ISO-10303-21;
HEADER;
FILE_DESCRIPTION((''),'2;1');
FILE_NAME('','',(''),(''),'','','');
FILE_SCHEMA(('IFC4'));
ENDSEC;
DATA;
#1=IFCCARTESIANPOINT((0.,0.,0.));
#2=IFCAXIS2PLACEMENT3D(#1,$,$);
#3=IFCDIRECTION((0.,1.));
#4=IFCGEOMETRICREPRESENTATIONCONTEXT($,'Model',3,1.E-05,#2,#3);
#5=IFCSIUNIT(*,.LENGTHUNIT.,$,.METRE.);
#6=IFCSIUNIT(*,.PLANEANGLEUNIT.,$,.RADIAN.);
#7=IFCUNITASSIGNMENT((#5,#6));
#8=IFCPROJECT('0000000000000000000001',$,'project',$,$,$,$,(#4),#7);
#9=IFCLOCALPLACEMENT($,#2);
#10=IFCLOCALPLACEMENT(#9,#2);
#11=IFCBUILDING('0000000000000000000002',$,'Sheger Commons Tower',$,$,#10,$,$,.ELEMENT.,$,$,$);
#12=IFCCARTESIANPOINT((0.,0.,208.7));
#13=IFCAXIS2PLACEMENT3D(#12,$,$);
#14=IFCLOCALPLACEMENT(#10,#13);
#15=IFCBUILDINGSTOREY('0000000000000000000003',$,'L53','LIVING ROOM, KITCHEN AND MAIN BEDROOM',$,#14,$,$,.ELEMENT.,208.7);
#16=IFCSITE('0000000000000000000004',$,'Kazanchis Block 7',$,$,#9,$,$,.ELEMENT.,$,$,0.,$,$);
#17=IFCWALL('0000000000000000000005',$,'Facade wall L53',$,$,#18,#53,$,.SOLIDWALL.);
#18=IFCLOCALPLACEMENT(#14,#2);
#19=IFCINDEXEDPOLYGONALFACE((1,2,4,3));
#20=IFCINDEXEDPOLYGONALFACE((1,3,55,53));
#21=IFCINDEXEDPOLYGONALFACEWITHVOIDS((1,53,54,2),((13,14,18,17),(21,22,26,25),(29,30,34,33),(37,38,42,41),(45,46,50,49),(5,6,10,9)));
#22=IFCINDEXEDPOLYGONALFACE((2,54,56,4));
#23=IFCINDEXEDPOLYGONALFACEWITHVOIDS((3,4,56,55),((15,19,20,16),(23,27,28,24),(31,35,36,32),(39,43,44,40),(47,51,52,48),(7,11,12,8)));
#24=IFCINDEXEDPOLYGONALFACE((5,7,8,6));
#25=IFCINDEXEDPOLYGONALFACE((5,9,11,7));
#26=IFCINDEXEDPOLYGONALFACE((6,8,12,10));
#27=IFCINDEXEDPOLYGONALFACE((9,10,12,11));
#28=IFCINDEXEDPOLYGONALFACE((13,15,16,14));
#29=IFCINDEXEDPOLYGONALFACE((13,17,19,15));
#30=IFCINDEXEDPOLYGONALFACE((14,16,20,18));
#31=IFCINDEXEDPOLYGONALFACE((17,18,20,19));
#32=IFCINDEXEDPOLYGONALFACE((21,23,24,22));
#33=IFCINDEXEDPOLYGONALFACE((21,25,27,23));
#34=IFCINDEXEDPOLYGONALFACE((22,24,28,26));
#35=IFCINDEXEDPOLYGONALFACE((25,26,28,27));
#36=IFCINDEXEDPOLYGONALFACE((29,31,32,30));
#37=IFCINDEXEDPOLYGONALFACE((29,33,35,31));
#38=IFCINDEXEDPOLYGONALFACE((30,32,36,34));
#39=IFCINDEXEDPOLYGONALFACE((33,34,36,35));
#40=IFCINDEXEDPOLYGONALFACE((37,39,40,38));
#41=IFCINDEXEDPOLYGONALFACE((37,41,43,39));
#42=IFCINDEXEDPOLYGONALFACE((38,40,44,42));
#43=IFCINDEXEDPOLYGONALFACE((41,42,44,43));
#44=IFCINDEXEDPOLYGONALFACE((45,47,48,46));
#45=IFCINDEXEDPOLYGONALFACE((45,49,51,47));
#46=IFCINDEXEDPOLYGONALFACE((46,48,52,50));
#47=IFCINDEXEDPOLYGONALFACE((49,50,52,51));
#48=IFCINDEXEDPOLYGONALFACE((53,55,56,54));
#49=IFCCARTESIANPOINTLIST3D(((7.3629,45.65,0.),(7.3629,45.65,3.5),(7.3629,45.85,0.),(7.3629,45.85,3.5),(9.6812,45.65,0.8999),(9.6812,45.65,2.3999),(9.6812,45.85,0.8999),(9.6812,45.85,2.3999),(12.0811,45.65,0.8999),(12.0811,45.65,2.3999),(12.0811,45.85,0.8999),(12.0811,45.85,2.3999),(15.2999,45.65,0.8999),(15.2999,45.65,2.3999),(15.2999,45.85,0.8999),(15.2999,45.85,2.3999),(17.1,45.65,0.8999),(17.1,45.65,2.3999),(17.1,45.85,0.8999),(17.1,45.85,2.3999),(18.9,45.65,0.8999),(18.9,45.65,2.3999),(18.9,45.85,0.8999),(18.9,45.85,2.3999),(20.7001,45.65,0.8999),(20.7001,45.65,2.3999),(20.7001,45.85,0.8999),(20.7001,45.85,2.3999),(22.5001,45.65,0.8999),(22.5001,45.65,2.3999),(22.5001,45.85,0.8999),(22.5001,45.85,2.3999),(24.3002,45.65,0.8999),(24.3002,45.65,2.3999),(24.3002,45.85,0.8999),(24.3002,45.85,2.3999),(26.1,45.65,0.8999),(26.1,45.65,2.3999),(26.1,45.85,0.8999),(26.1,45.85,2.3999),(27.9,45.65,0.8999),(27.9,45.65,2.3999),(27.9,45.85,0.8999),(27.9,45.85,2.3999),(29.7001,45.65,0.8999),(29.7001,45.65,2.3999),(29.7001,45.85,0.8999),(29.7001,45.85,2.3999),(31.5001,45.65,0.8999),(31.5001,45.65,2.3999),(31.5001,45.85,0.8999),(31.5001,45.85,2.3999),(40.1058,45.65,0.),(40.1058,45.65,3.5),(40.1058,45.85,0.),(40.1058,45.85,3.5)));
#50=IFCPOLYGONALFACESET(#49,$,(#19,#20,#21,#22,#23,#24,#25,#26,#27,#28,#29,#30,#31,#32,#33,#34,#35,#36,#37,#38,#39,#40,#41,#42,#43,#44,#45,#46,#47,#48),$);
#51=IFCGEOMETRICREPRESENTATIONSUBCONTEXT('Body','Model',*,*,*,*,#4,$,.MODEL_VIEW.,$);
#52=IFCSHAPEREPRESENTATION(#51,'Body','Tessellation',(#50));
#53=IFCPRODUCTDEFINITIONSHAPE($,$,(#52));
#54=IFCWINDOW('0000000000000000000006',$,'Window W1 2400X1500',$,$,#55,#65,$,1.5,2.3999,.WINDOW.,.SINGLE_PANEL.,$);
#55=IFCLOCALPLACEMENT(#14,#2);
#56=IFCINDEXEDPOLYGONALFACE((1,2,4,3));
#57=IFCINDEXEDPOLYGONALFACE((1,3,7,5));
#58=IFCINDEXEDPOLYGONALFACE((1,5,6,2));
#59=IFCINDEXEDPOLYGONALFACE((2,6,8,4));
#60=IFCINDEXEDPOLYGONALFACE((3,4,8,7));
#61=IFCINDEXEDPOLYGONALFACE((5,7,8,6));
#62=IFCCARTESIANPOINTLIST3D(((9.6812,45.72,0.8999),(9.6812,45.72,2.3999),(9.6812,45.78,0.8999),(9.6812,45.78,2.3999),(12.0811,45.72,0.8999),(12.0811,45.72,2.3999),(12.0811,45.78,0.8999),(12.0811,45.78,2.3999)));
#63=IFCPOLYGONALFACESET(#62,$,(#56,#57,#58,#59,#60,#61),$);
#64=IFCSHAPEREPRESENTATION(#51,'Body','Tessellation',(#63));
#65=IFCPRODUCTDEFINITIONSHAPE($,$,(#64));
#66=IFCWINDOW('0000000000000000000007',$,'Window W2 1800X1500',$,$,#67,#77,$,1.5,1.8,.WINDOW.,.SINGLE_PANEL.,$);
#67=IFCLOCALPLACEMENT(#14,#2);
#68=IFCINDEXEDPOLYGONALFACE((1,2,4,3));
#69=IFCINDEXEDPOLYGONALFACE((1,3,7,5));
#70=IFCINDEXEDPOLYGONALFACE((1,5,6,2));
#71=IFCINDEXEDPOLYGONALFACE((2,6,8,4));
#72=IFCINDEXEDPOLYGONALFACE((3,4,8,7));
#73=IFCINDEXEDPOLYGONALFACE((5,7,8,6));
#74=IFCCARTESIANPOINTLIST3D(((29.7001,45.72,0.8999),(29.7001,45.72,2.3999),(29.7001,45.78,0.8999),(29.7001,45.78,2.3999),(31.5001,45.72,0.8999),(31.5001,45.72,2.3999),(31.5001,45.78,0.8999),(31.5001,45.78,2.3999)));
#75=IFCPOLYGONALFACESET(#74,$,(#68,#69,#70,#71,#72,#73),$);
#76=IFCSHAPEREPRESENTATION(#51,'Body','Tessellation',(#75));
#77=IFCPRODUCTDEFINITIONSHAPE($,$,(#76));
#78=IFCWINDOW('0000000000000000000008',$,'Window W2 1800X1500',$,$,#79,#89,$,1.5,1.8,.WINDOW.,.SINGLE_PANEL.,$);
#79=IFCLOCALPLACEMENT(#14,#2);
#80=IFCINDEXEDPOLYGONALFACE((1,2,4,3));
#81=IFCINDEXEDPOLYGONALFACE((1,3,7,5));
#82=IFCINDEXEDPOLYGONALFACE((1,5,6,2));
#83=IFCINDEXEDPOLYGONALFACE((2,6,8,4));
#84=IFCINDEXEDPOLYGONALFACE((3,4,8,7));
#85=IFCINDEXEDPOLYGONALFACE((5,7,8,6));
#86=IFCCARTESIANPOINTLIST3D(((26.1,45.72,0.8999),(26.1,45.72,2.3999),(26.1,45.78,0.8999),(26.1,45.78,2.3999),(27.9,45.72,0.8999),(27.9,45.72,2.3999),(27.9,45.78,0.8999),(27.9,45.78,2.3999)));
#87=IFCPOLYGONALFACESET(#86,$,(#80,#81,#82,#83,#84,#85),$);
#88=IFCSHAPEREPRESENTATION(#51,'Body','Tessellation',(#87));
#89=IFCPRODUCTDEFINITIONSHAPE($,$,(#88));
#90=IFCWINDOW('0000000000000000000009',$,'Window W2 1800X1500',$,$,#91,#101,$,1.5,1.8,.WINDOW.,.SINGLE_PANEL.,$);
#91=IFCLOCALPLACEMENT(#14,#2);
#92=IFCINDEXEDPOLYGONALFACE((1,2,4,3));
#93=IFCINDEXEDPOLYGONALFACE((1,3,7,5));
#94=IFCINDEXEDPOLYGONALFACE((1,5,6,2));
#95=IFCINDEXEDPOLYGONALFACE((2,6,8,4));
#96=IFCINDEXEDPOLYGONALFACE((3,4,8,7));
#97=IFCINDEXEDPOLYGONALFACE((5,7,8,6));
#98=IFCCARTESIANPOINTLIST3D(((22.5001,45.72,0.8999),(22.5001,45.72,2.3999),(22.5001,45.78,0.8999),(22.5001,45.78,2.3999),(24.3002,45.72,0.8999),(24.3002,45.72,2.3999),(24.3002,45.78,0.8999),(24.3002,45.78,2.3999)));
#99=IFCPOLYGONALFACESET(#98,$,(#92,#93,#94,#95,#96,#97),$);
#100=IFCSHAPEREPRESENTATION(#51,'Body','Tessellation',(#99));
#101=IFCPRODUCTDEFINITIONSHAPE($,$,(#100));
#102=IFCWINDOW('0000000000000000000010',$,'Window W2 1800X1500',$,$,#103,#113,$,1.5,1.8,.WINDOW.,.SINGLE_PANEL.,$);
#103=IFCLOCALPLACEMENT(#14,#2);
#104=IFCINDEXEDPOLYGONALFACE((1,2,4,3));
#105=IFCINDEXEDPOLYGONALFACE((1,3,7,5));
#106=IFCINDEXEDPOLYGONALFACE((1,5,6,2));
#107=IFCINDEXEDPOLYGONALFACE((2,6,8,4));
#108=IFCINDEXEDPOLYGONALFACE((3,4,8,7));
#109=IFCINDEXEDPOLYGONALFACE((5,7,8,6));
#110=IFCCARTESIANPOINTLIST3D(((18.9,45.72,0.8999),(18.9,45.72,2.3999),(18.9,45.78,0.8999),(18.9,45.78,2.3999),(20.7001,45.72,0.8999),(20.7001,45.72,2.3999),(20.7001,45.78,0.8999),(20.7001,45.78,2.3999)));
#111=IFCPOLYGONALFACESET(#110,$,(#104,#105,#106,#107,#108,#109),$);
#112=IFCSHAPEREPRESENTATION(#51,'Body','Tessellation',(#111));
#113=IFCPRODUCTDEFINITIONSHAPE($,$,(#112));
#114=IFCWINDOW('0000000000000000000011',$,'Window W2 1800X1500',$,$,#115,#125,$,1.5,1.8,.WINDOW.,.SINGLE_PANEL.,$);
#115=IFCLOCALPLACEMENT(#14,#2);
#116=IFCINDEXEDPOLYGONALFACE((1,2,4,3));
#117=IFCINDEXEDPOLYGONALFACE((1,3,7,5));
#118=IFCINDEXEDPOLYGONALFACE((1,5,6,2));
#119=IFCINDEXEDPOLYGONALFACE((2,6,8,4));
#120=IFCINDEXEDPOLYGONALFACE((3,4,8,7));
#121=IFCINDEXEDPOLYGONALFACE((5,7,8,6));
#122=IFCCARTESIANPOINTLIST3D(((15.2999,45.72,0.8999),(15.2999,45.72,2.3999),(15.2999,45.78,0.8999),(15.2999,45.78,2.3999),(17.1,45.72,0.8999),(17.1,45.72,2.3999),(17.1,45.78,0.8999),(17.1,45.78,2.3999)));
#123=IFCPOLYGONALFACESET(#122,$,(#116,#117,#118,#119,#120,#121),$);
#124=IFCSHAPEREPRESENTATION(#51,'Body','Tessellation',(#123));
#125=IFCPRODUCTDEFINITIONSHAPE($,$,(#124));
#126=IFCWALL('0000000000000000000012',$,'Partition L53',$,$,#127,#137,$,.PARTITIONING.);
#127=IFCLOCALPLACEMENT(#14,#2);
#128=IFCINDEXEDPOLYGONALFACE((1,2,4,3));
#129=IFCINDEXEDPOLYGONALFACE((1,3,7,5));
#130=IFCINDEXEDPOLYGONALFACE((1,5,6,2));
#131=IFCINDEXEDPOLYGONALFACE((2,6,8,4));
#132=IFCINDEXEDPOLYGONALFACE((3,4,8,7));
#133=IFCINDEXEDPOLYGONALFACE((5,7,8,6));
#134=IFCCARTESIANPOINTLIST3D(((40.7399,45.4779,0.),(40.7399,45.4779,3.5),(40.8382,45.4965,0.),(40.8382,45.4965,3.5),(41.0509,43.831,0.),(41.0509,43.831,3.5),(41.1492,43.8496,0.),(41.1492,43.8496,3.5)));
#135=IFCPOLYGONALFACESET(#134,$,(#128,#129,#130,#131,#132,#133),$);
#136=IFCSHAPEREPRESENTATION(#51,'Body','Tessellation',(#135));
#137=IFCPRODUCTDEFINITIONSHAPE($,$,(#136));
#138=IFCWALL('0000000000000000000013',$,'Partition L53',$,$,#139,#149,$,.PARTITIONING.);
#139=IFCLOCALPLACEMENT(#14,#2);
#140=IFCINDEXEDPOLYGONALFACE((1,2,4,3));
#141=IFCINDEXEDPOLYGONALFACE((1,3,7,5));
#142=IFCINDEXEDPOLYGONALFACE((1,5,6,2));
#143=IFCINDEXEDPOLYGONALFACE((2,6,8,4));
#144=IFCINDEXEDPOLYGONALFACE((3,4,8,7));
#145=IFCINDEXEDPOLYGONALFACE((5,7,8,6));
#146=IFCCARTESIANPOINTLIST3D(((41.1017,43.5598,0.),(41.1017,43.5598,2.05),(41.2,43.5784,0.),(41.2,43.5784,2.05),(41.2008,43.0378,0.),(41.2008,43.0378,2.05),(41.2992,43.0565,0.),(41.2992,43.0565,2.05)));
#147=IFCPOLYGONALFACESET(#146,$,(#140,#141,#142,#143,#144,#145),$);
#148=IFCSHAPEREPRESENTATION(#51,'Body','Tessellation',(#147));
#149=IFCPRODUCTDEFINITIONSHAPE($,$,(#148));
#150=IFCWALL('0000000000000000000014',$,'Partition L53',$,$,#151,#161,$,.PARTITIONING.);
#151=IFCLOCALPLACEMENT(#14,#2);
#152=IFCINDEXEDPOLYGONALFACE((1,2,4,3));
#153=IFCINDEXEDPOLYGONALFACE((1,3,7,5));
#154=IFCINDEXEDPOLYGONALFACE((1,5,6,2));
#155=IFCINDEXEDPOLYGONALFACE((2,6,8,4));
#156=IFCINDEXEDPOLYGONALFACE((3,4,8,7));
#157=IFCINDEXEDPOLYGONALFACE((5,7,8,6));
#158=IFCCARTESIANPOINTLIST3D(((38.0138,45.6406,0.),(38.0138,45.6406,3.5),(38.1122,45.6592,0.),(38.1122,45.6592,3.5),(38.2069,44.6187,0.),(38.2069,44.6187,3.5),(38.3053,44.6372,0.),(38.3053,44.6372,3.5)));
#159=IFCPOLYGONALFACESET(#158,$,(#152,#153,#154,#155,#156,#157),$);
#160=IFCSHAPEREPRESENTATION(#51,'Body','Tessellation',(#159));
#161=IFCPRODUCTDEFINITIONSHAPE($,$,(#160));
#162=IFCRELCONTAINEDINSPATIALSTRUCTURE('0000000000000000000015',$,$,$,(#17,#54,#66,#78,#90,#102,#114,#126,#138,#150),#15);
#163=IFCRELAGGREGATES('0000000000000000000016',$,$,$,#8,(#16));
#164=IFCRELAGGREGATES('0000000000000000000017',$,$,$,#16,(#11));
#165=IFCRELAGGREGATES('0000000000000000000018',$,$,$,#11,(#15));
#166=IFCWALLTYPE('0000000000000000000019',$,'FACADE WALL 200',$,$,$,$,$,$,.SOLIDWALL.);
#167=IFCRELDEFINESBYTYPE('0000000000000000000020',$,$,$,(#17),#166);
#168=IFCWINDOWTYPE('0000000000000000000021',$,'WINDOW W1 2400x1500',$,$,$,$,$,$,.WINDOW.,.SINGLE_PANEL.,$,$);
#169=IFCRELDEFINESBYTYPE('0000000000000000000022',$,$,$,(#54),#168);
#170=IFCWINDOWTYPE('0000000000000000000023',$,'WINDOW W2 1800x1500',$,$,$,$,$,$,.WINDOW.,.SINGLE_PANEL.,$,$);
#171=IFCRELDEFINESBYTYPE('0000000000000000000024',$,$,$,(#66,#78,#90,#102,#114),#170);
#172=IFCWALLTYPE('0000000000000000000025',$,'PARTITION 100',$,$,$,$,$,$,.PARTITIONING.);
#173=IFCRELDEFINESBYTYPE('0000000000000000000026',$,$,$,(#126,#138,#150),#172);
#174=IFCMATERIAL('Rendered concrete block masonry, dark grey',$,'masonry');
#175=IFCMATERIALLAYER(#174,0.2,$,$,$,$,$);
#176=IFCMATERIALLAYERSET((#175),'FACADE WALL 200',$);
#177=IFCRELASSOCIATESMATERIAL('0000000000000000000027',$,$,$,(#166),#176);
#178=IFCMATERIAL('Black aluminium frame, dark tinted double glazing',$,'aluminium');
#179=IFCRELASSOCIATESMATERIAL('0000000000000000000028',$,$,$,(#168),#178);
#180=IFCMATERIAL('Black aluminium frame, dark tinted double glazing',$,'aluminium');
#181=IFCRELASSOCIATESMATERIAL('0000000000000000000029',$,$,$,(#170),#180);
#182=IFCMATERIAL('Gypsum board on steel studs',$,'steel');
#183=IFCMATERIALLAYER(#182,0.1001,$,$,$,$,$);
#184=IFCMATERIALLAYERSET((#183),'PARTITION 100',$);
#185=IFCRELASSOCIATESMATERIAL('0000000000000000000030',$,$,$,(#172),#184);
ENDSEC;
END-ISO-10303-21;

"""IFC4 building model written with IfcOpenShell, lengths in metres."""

from ifc_helpers import new_model, si_unit, direction, frame, frame_2d, origin, place, context, subcontext, project, spatial, rectangle, extrude, material, layer, layer_set, type_object, element, fill, save


model = new_model("IFC4")

# Units and contexts
model_context = context("Model", 3, precision=1e-05, world=origin(), true_north=direction((0.0, 1.0)))
body_context = subcontext(model_context, "Body", "Model", "MODEL_VIEW")
ifc_project = project(units=[si_unit("LENGTHUNIT", "METRE"), si_unit("PLANEANGLEUNIT", "RADIAN")], contexts=[model_context])

# Site, building, storey
site_placement = place(None, origin())
site = spatial("IfcSite", under=ifc_project, at=site_placement, Name="Kazanchis Block 7", CompositionType="ELEMENT", RefElevation=0.0)
building_placement = place(site_placement, origin())
building = spatial("IfcBuilding", under=site, at=building_placement, Name="Sheger Commons Tower", CompositionType="ELEMENT")
storey_placement = place(building_placement, frame((0.0, 0.0, 208.7)))
storey = spatial("IfcBuildingStorey", under=building, at=storey_placement, Name="L53", Description="LIVING ROOM, KITCHEN AND MAIN BEDROOM", CompositionType="ELEMENT", Elevation=208.7)

# Shared definitions
ifc_material_1 = material(Name="Rendered concrete block masonry, dark grey", Category="masonry")
ifc_layer_1 = layer(ifc_material_1, 0.2)
ifc_layer_set_1 = layer_set([ifc_layer_1], Name="FACADE WALL 200")
wall_type_1 = type_object("IfcWallType", Name="FACADE WALL 200", PredefinedType="SOLIDWALL", material=ifc_layer_set_1)

# Wall, openings, windows
wall_1_placement = place(storey_placement, frame((40.106, 45.75, 0.0), z_axis=(0.0, 0.0, 1.0), x_axis=(-1.0, 0.0, 0.0)))
wall_1 = element("IfcWall", 1, at=wall_1_placement, inside=storey, type_object=wall_type_1, Name="Facade wall L53", PredefinedType="SOLIDWALL", context=body_context, shape_type="SweptSolid", body=[
    extrude(rectangle(XDim=32.7429, YDim=0.2, at=frame_2d((16.3716, 0.0))), origin(), (0.0, 0.0, 1.0), 3.5),
])
opening_1_placement = place(wall_1_placement, frame((8.606, 0.0, 0.8999)))
opening_1 = element("IfcOpeningElement", 2, at=opening_1_placement, cuts=wall_1, PredefinedType="OPENING", context=body_context, shape_type="SweptSolid", body=[
    extrude(rectangle(XDim=1.8, YDim=1.5, at=frame_2d((0.8999, 0.75))), frame((0.0, 0.1099, 0.0), z_axis=(0.0, -1.0, 0.0), x_axis=(1.0, 0.0, 0.0)), (0.0, 0.0, 1.0), 0.22),
])
opening_2_placement = place(wall_1_placement, frame((12.2061, 0.0, 0.8999)))
opening_2 = element("IfcOpeningElement", 3, at=opening_2_placement, cuts=wall_1, PredefinedType="OPENING", context=body_context, shape_type="SweptSolid", body=[
    extrude(rectangle(XDim=1.8, YDim=1.5, at=frame_2d((0.8999, 0.75))), frame((0.0, 0.1099, 0.0), z_axis=(0.0, -1.0, 0.0), x_axis=(1.0, 0.0, 0.0)), (0.0, 0.0, 1.0), 0.22),
])
opening_3_placement = place(wall_1_placement, frame((15.8059, 0.0, 0.8999)))
opening_3 = element("IfcOpeningElement", 4, at=opening_3_placement, cuts=wall_1, PredefinedType="OPENING", context=body_context, shape_type="SweptSolid", body=[
    extrude(rectangle(XDim=1.8, YDim=1.5, at=frame_2d((0.8999, 0.75))), frame((0.0, 0.1099, 0.0), z_axis=(0.0, -1.0, 0.0), x_axis=(1.0, 0.0, 0.0)), (0.0, 0.0, 1.0), 0.22),
])
opening_4_placement = place(wall_1_placement, frame((19.406, 0.0, 0.8999)))
opening_4 = element("IfcOpeningElement", 5, at=opening_4_placement, cuts=wall_1, PredefinedType="OPENING", context=body_context, shape_type="SweptSolid", body=[
    extrude(rectangle(XDim=1.8, YDim=1.5, at=frame_2d((0.8999, 0.75))), frame((0.0, 0.1099, 0.0), z_axis=(0.0, -1.0, 0.0), x_axis=(1.0, 0.0, 0.0)), (0.0, 0.0, 1.0), 0.22),
])
opening_5_placement = place(wall_1_placement, frame((23.0061, 0.0, 0.8999)))
opening_5 = element("IfcOpeningElement", 6, at=opening_5_placement, cuts=wall_1, PredefinedType="OPENING", context=body_context, shape_type="SweptSolid", body=[
    extrude(rectangle(XDim=1.8, YDim=1.5, at=frame_2d((0.8999, 0.75))), frame((0.0, 0.1099, 0.0), z_axis=(0.0, -1.0, 0.0), x_axis=(1.0, 0.0, 0.0)), (0.0, 0.0, 1.0), 0.22),
])
opening_6_placement = place(wall_1_placement, frame((28.0249, 0.0, 0.8999)))
opening_6 = element("IfcOpeningElement", 7, at=opening_6_placement, cuts=wall_1, PredefinedType="OPENING", context=body_context, shape_type="SweptSolid", body=[
    extrude(rectangle(XDim=2.3999, YDim=1.5, at=frame_2d((1.2, 0.75))), frame((0.0, 0.1099, 0.0), z_axis=(0.0, -1.0, 0.0), x_axis=(1.0, 0.0, 0.0)), (0.0, 0.0, 1.0), 0.22),
])
ifc_material_2 = material(Name="Black aluminium frame, dark tinted double glazing", Category="aluminium")
window_type_1 = type_object("IfcWindowType", Name="WINDOW W1 2400x1500", PartitioningType="SINGLE_PANEL", PredefinedType="WINDOW", material=ifc_material_2)
window_1_placement = place(opening_6_placement, origin())
window_1 = element("IfcWindow", 8, at=window_1_placement, inside=storey, type_object=window_type_1, Name="Window W1 2400X1500", OverallHeight=1.5, OverallWidth=2.3999, PartitioningType="SINGLE_PANEL", PredefinedType="WINDOW", context=body_context, shape_type="SweptSolid", body=[
    extrude(rectangle(XDim=2.3999, YDim=1.5, at=frame_2d((1.2, 0.75))), frame((0.0, 0.03, 0.0), z_axis=(0.0, -1.0, 0.0), x_axis=(1.0, 0.0, 0.0)), (0.0, 0.0, 1.0), 0.0601),
])
fill(opening_6, window_1)
ifc_material_3 = material(Name="Black aluminium frame, dark tinted double glazing", Category="aluminium")
window_type_2 = type_object("IfcWindowType", Name="WINDOW W2 1800x1500", PartitioningType="SINGLE_PANEL", PredefinedType="WINDOW", material=ifc_material_3)
window_2_placement = place(opening_1_placement, origin())
window_2 = element("IfcWindow", 9, at=window_2_placement, inside=storey, type_object=window_type_2, Name="Window W2 1800X1500", OverallHeight=1.5, OverallWidth=1.8, PartitioningType="SINGLE_PANEL", PredefinedType="WINDOW", context=body_context, shape_type="SweptSolid", body=[
    extrude(rectangle(XDim=1.8, YDim=1.5, at=frame_2d((0.8999, 0.75))), frame((0.0, 0.03, 0.0), z_axis=(0.0, -1.0, 0.0), x_axis=(1.0, 0.0, 0.0)), (0.0, 0.0, 1.0), 0.0601),
])
fill(opening_1, window_2)
window_3_placement = place(opening_2_placement, origin())
window_3 = element("IfcWindow", 10, at=window_3_placement, inside=storey, type_object=window_type_2, Name="Window W2 1800X1500", OverallHeight=1.5, OverallWidth=1.8, PartitioningType="SINGLE_PANEL", PredefinedType="WINDOW", context=body_context, shape_type="SweptSolid", body=[
    extrude(rectangle(XDim=1.8, YDim=1.5, at=frame_2d((0.8999, 0.75))), frame((0.0, 0.03, 0.0), z_axis=(0.0, -1.0, 0.0), x_axis=(1.0, 0.0, 0.0)), (0.0, 0.0, 1.0), 0.0601),
])
fill(opening_2, window_3)
window_4_placement = place(opening_3_placement, origin())
window_4 = element("IfcWindow", 11, at=window_4_placement, inside=storey, type_object=window_type_2, Name="Window W2 1800X1500", OverallHeight=1.5, OverallWidth=1.8, PartitioningType="SINGLE_PANEL", PredefinedType="WINDOW", context=body_context, shape_type="SweptSolid", body=[
    extrude(rectangle(XDim=1.8, YDim=1.5, at=frame_2d((0.8999, 0.75))), frame((0.0, 0.03, 0.0), z_axis=(0.0, -1.0, 0.0), x_axis=(1.0, 0.0, 0.0)), (0.0, 0.0, 1.0), 0.0601),
])
fill(opening_3, window_4)
window_5_placement = place(opening_4_placement, origin())
window_5 = element("IfcWindow", 12, at=window_5_placement, inside=storey, type_object=window_type_2, Name="Window W2 1800X1500", OverallHeight=1.5, OverallWidth=1.8, PartitioningType="SINGLE_PANEL", PredefinedType="WINDOW", context=body_context, shape_type="SweptSolid", body=[
    extrude(rectangle(XDim=1.8, YDim=1.5, at=frame_2d((0.8999, 0.75))), frame((0.0, 0.03, 0.0), z_axis=(0.0, -1.0, 0.0), x_axis=(1.0, 0.0, 0.0)), (0.0, 0.0, 1.0), 0.0601),
])
fill(opening_4, window_5)
window_6_placement = place(opening_5_placement, origin())
window_6 = element("IfcWindow", 13, at=window_6_placement, inside=storey, type_object=window_type_2, Name="Window W2 1800X1500", OverallHeight=1.5, OverallWidth=1.8, PartitioningType="SINGLE_PANEL", PredefinedType="WINDOW", context=body_context, shape_type="SweptSolid", body=[
    extrude(rectangle(XDim=1.8, YDim=1.5, at=frame_2d((0.8999, 0.75))), frame((0.0, 0.03, 0.0), z_axis=(0.0, -1.0, 0.0), x_axis=(1.0, 0.0, 0.0)), (0.0, 0.0, 1.0), 0.0601),
])
fill(opening_5, window_6)

# Walls
ifc_material_4 = material(Name="Gypsum board on steel studs", Category="steel")
ifc_layer_2 = layer(ifc_material_4, 0.1001)
ifc_layer_set_2 = layer_set([ifc_layer_2], Name="PARTITION 100")
wall_type_2 = type_object("IfcWallType", Name="PARTITION 100", PredefinedType="PARTITIONING", material=ifc_layer_set_2)
wall_2_placement = place(storey_placement, frame((40.7891, 45.4871, 0.0), z_axis=(0.0, 0.0, 1.0), x_axis=(0.185572, -0.982631, 0.0)))
element("IfcWall", 14, at=wall_2_placement, inside=storey, type_object=wall_type_2, Name="Partition L53", PredefinedType="PARTITIONING", context=body_context, shape_type="SweptSolid", body=[
    extrude(rectangle(XDim=1.676, YDim=0.1001, at=frame_2d((0.8379, 0.0))), origin(), (0.0, 0.0, 1.0), 3.5),
])
wall_3_placement = place(storey_placement, frame((41.1509, 43.5691, 0.0), z_axis=(0.0, 0.0, 1.0), x_axis=(0.186563, -0.982443, 0.0)))
element("IfcWall", 15, at=wall_3_placement, inside=storey, type_object=wall_type_2, Name="Partition L53", PredefinedType="PARTITIONING", context=body_context, shape_type="SweptSolid", body=[
    extrude(rectangle(XDim=0.5312, YDim=0.1001, at=frame_2d((0.2656, 0.0))), origin(), (0.0, 0.0, 1.0), 2.05),
])
wall_4_placement = place(storey_placement, frame((38.063, 45.6499, 0.0), z_axis=(0.0, 0.0, 1.0), x_axis=(0.185677, -0.982611, 0.0)))
element("IfcWall", 16, at=wall_4_placement, inside=storey, type_object=wall_type_2, Name="Partition L53", PredefinedType="PARTITIONING", context=body_context, shape_type="SweptSolid", body=[
    extrude(rectangle(XDim=1.04, YDim=0.1001, at=frame_2d((0.52, 0.0))), origin(), (0.0, 0.0, 1.0), 3.5),
])

save(model, "model.ifc")
